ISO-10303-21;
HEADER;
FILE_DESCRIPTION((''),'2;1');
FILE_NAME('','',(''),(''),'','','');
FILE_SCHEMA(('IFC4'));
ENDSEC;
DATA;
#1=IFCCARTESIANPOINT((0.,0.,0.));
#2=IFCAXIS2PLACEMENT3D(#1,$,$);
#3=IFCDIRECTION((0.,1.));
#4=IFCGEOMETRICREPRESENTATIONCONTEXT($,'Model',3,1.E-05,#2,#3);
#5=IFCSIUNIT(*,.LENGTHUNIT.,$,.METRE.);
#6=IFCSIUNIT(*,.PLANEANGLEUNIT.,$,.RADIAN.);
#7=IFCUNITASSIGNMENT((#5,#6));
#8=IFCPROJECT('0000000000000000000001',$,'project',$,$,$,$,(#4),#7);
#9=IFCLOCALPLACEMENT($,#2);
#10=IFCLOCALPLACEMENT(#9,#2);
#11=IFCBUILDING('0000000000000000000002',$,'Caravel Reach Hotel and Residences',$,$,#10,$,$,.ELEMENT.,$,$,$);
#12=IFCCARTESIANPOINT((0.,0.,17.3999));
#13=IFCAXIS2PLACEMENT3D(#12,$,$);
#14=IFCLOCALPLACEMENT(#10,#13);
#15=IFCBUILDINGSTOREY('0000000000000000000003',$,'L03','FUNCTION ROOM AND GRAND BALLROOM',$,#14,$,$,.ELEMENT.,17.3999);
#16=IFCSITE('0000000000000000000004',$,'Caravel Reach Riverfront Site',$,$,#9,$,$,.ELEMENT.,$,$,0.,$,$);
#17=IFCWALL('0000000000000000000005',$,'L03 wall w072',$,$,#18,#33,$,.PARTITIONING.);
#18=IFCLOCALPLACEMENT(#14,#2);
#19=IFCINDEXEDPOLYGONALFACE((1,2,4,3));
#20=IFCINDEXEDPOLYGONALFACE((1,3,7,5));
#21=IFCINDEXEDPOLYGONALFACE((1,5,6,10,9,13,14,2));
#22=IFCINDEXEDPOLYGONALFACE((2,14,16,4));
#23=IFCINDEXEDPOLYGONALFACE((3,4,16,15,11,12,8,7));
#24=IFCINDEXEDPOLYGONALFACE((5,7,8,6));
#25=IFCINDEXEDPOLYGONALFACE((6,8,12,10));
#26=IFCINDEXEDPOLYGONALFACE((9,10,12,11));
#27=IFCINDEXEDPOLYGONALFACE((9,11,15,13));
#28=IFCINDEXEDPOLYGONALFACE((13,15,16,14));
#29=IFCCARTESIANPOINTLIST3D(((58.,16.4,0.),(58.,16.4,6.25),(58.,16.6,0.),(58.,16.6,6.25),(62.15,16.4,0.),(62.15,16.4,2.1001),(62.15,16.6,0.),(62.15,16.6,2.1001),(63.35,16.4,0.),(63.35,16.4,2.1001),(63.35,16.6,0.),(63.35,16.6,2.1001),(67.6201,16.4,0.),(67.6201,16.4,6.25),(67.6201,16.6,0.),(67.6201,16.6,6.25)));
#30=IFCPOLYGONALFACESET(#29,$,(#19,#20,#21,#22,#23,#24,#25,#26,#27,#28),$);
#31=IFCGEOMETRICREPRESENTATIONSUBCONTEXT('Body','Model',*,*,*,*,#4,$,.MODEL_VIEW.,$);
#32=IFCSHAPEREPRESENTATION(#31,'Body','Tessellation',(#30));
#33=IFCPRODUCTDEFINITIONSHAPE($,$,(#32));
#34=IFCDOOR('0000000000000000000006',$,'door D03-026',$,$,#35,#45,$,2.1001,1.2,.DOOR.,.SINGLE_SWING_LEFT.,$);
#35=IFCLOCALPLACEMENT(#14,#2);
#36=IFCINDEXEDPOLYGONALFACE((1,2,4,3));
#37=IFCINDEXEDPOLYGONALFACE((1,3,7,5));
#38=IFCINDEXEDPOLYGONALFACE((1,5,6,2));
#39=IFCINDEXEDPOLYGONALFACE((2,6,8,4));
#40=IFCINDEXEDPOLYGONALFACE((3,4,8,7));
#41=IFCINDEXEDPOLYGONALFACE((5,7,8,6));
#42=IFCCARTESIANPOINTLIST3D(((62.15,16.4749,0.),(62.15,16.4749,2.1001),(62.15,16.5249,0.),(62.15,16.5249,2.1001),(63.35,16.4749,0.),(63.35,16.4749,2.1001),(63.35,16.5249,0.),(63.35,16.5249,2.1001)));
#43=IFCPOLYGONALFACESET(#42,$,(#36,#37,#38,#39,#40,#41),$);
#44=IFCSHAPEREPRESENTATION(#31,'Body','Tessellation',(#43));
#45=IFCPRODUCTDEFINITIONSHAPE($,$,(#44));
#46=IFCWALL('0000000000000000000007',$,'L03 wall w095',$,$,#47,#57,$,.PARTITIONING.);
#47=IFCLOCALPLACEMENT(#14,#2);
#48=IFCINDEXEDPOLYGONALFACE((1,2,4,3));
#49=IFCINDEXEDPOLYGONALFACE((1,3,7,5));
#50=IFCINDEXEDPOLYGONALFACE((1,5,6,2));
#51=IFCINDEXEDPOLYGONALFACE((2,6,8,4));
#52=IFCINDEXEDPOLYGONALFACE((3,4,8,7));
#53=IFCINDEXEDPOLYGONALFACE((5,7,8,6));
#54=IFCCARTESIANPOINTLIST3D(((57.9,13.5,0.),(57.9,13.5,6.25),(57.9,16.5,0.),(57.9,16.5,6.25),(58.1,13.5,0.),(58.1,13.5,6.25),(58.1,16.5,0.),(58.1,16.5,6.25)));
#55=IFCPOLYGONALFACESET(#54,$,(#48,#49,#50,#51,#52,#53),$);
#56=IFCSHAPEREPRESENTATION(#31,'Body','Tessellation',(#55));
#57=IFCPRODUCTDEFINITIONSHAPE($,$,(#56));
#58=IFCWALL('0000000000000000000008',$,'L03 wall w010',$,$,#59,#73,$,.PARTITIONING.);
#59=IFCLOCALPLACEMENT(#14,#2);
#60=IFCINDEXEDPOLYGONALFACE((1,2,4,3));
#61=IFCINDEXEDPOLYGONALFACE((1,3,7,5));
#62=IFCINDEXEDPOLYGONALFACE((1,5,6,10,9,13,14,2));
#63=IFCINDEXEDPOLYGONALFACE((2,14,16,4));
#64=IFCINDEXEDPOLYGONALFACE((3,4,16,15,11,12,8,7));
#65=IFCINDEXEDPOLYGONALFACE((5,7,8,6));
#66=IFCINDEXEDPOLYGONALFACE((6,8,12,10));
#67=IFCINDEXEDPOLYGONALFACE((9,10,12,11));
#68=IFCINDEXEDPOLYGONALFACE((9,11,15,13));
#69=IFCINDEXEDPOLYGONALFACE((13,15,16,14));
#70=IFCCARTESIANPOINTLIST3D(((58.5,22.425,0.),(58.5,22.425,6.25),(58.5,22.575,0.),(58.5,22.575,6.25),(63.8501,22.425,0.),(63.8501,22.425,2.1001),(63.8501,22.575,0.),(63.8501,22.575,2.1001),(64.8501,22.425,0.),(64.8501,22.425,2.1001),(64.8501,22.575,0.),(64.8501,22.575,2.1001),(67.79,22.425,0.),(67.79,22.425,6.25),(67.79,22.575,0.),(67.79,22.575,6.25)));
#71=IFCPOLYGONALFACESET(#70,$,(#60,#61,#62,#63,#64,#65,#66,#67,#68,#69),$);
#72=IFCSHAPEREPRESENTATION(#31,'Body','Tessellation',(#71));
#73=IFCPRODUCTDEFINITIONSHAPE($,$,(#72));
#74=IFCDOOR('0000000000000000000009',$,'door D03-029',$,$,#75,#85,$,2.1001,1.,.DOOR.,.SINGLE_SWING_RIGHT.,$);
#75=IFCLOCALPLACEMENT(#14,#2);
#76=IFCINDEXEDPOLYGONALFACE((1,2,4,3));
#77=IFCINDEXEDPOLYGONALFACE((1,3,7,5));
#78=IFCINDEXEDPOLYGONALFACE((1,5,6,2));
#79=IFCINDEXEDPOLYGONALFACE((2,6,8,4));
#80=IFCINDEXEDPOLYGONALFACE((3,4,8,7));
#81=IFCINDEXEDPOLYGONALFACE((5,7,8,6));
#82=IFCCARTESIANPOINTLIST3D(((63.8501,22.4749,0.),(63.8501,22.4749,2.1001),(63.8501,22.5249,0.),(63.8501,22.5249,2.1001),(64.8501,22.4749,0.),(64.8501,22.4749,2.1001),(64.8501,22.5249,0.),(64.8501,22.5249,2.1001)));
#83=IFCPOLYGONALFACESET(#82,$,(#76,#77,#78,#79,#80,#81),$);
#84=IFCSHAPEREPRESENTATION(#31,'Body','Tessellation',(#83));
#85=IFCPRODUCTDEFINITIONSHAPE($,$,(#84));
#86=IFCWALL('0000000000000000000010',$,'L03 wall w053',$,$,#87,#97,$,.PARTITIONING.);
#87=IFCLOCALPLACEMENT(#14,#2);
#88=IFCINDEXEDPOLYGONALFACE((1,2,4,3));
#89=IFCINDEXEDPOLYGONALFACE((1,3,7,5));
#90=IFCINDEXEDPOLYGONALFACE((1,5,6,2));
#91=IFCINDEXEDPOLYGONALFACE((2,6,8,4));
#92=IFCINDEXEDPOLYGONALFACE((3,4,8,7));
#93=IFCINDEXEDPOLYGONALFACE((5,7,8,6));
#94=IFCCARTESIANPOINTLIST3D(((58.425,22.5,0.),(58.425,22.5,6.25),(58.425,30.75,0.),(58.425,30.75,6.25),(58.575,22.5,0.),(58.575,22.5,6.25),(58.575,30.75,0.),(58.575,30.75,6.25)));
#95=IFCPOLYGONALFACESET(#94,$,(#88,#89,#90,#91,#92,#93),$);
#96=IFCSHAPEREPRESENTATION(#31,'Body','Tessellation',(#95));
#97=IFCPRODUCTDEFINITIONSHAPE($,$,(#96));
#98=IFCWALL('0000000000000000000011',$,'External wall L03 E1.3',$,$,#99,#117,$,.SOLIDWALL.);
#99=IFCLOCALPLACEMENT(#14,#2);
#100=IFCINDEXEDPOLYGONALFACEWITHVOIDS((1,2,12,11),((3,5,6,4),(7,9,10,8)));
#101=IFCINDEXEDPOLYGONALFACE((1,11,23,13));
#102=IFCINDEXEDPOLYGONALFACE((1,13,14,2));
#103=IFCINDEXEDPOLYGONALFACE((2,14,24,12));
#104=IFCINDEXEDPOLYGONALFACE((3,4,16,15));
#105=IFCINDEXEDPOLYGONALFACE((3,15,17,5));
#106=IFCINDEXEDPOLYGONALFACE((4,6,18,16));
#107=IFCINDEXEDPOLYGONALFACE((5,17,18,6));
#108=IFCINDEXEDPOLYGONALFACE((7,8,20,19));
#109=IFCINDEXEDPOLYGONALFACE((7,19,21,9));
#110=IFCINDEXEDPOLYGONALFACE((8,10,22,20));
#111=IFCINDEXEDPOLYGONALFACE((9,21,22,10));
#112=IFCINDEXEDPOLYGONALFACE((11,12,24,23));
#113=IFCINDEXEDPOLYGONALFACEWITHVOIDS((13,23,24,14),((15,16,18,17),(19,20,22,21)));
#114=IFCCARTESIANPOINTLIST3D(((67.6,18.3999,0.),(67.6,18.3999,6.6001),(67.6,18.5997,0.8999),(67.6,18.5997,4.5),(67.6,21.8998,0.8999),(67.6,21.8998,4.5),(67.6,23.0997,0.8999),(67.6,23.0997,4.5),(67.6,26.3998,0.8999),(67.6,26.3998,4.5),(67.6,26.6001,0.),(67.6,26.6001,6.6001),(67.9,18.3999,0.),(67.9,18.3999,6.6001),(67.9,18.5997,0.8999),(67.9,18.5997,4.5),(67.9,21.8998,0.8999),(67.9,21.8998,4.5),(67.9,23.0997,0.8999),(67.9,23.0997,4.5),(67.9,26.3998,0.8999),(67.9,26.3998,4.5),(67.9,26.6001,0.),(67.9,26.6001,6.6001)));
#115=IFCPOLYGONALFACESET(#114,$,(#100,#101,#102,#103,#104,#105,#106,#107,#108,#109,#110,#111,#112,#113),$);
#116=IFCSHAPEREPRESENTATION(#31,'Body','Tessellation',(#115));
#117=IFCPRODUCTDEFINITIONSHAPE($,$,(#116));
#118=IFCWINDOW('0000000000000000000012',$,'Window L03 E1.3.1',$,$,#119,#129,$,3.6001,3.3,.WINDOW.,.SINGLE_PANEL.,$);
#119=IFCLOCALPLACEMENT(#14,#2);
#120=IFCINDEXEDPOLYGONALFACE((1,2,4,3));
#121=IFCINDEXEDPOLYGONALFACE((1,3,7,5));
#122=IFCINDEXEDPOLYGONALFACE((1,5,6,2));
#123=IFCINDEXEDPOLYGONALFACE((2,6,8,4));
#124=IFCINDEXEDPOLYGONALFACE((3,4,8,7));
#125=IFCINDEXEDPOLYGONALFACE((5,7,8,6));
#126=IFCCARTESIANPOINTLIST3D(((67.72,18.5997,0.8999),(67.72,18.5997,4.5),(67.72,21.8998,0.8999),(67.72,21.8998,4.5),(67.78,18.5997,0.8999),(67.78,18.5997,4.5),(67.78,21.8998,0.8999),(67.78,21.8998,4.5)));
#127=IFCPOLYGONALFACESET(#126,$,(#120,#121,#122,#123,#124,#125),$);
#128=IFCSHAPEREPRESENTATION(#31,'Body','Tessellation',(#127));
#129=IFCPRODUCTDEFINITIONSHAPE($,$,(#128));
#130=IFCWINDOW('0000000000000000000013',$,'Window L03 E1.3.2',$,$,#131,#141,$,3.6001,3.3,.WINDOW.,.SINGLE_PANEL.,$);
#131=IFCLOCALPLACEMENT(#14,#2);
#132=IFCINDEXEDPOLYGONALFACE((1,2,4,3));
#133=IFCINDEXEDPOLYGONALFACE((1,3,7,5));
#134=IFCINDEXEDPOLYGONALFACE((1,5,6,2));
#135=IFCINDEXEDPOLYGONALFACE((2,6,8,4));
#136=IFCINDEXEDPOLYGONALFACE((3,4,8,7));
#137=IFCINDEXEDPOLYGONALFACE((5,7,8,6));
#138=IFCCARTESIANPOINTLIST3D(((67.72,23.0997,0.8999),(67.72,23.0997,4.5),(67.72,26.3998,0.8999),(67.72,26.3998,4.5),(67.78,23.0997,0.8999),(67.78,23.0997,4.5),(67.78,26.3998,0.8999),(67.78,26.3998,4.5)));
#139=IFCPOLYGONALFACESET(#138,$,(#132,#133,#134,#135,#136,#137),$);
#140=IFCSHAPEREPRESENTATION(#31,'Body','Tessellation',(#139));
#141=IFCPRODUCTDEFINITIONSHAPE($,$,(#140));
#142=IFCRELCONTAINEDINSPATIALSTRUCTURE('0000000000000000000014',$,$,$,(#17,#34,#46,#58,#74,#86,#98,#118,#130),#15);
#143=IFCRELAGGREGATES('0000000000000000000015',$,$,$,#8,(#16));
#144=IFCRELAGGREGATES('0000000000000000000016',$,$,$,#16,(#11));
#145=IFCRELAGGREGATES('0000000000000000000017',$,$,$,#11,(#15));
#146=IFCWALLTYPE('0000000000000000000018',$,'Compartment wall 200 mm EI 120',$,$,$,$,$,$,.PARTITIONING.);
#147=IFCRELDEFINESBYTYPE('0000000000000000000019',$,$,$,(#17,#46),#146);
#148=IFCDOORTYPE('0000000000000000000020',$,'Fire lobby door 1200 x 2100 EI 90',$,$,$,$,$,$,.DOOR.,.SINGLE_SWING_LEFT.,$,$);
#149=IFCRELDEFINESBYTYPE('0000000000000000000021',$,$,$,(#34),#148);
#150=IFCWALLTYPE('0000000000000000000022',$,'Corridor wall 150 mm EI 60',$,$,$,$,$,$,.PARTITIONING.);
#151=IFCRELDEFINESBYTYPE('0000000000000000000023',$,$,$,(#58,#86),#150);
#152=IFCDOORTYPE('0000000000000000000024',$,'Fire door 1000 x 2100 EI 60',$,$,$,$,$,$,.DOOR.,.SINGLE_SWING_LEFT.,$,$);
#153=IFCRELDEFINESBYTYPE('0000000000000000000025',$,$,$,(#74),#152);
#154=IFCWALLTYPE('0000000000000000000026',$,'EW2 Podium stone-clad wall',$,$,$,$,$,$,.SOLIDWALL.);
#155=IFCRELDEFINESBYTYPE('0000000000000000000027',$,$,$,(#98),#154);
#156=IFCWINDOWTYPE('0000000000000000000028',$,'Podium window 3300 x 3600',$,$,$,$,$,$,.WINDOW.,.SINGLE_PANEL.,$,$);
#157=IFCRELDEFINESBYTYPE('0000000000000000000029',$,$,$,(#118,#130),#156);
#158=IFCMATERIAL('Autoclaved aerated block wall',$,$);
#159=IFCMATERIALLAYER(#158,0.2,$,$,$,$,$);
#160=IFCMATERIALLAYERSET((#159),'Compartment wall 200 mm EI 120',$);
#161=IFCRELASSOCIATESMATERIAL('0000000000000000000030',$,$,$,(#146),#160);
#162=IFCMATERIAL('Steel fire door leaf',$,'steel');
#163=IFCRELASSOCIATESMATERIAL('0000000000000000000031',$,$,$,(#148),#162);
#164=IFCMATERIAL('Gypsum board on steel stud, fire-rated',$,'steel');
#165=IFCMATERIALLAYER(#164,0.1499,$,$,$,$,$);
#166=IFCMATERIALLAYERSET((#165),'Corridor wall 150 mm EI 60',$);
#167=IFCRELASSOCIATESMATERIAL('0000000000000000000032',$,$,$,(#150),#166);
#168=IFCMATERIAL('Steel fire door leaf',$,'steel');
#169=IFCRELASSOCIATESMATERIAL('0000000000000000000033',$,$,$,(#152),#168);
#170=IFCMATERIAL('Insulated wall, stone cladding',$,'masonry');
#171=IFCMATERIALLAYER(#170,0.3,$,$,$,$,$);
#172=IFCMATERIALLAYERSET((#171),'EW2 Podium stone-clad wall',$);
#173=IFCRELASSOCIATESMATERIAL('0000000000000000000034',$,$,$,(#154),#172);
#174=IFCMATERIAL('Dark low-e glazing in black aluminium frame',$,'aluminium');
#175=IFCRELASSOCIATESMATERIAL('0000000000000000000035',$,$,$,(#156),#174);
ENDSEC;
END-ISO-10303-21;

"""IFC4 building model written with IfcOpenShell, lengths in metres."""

from ifc_helpers import new_model, si_unit, direction, frame, frame_2d, origin, place, context, subcontext, project, spatial, rectangle, extrude, material, layer, layer_set, type_object, element, fill, save


model = new_model("IFC4")

# Units and contexts
model_context = context("Model", 3, precision=1e-05, world=origin(), true_north=direction((0.0, 1.0)))
body_context = subcontext(model_context, "Body", "Model", "MODEL_VIEW")
ifc_project = project(units=[si_unit("LENGTHUNIT", "METRE"), si_unit("PLANEANGLEUNIT", "RADIAN")], contexts=[model_context])

# Site, building, storey
site_placement = place(None, origin())
site = spatial("IfcSite", under=ifc_project, at=site_placement, Name="Caravel Reach Riverfront Site", CompositionType="ELEMENT", RefElevation=0.0)
building_placement = place(site_placement, origin())
building = spatial("IfcBuilding", under=site, at=building_placement, Name="Caravel Reach Hotel and Residences", CompositionType="ELEMENT")
storey_placement = place(building_placement, frame((0.0, 0.0, 17.3999)))
storey = spatial("IfcBuildingStorey", under=building, at=storey_placement, Name="L03", Description="FUNCTION ROOM AND GRAND BALLROOM", CompositionType="ELEMENT", Elevation=17.3999)

# Shared definitions
ifc_material_1 = material(Name="Autoclaved aerated block wall")
ifc_layer_1 = layer(ifc_material_1, 0.2)
ifc_layer_set_1 = layer_set([ifc_layer_1], Name="Compartment wall 200 mm EI 120")
wall_type_1 = type_object("IfcWallType", Name="Compartment wall 200 mm EI 120", PredefinedType="PARTITIONING", material=ifc_layer_set_1)

# Wall, opening, door
wall_1_placement = place(storey_placement, frame((58.0, 16.5, 0.0), z_axis=(0.0, 0.0, 1.0), x_axis=(1.0, 0.0, 0.0)))
wall_1 = element("IfcWall", 1, at=wall_1_placement, inside=storey, type_object=wall_type_1, Name="L03 wall w072", PredefinedType="PARTITIONING", context=body_context, shape_type="SweptSolid", body=[
    extrude(rectangle(XDim=9.6201, YDim=0.2, at=frame_2d((4.8101, 0.0))), origin(), (0.0, 0.0, 1.0), 6.25),
])
opening_1_placement = place(wall_1_placement, frame((4.1499, 0.0, 0.0)))
opening_1 = element("IfcOpeningElement", 2, at=opening_1_placement, cuts=wall_1, PredefinedType="OPENING", context=body_context, shape_type="SweptSolid", body=[
    extrude(rectangle(XDim=1.2, YDim=2.1001, at=frame_2d((0.6001, 1.05))), frame((0.0, 0.1099, 0.0), z_axis=(0.0, -1.0, 0.0), x_axis=(1.0, 0.0, 0.0)), (0.0, 0.0, 1.0), 0.22),
])
ifc_material_2 = material(Name="Steel fire door leaf", Category="steel")
door_type_1 = type_object("IfcDoorType", Name="Fire lobby door 1200 x 2100 EI 90", OperationType="SINGLE_SWING_LEFT", PredefinedType="DOOR", material=ifc_material_2)
door_1_placement = place(opening_1_placement, origin())
door_1 = element("IfcDoor", 3, at=door_1_placement, inside=storey, type_object=door_type_1, Name="door D03-026", OperationType="SINGLE_SWING_LEFT", OverallHeight=2.1001, OverallWidth=1.2, PredefinedType="DOOR", context=body_context, shape_type="SweptSolid", body=[
    extrude(rectangle(XDim=1.2, YDim=2.1001, at=frame_2d((0.6001, 1.05))), frame((0.0, 0.0249, 0.0), z_axis=(0.0, -1.0, 0.0), x_axis=(1.0, 0.0, 0.0)), (0.0, 0.0, 1.0), 0.05),
])
fill(opening_1, door_1)

# Wall
wall_2_placement = place(storey_placement, frame((58.0, 13.5, 0.0), z_axis=(0.0, 0.0, 1.0), x_axis=(0.0, 1.0, 0.0)))
element("IfcWall", 4, at=wall_2_placement, inside=storey, type_object=wall_type_1, Name="L03 wall w095", PredefinedType="PARTITIONING", context=body_context, shape_type="SweptSolid", body=[
    extrude(rectangle(XDim=3.0, YDim=0.2, at=frame_2d((1.5, 0.0))), origin(), (0.0, 0.0, 1.0), 6.25),
])

# Wall, opening, door
ifc_material_3 = material(Name="Gypsum board on steel stud, fire-rated", Category="steel")
ifc_layer_2 = layer(ifc_material_3, 0.1499)
ifc_layer_set_2 = layer_set([ifc_layer_2], Name="Corridor wall 150 mm EI 60")
wall_type_2 = type_object("IfcWallType", Name="Corridor wall 150 mm EI 60", PredefinedType="PARTITIONING", material=ifc_layer_set_2)
wall_3_placement = place(storey_placement, frame((58.5, 22.5, 0.0), z_axis=(0.0, 0.0, 1.0), x_axis=(1.0, 0.0, 0.0)))
wall_3 = element("IfcWall", 5, at=wall_3_placement, inside=storey, type_object=wall_type_2, Name="L03 wall w010", PredefinedType="PARTITIONING", context=body_context, shape_type="SweptSolid", body=[
    extrude(rectangle(XDim=9.29, YDim=0.1499, at=frame_2d((4.645, 0.0))), origin(), (0.0, 0.0, 1.0), 6.25),
])
opening_2_placement = place(wall_3_placement, frame((5.3501, 0.0, 0.0)))
opening_2 = element("IfcOpeningElement", 6, at=opening_2_placement, cuts=wall_3, PredefinedType="OPENING", context=body_context, shape_type="SweptSolid", body=[
    extrude(rectangle(XDim=1.0, YDim=2.1001, at=frame_2d((0.5, 1.05))), frame((0.0, 0.085, 0.0), z_axis=(0.0, -1.0, 0.0), x_axis=(1.0, 0.0, 0.0)), (0.0, 0.0, 1.0), 0.1699),
])
ifc_material_4 = material(Name="Steel fire door leaf", Category="steel")
door_type_2 = type_object("IfcDoorType", Name="Fire door 1000 x 2100 EI 60", OperationType="SINGLE_SWING_LEFT", PredefinedType="DOOR", material=ifc_material_4)
door_2_placement = place(opening_2_placement, origin())
door_2 = element("IfcDoor", 7, at=door_2_placement, inside=storey, type_object=door_type_2, Name="door D03-029", OperationType="SINGLE_SWING_RIGHT", OverallHeight=2.1001, OverallWidth=1.0, PredefinedType="DOOR", context=body_context, shape_type="SweptSolid", body=[
    extrude(rectangle(XDim=1.0, YDim=2.1001, at=frame_2d((0.5, 1.05))), frame((0.0, 0.0249, 0.0), z_axis=(0.0, -1.0, 0.0), x_axis=(1.0, 0.0, 0.0)), (0.0, 0.0, 1.0), 0.05),
])
fill(opening_2, door_2)

# Wall
wall_4_placement = place(storey_placement, frame((58.5, 22.5, 0.0), z_axis=(0.0, 0.0, 1.0), x_axis=(0.0, 1.0, 0.0)))
element("IfcWall", 8, at=wall_4_placement, inside=storey, type_object=wall_type_2, Name="L03 wall w053", PredefinedType="PARTITIONING", context=body_context, shape_type="SweptSolid", body=[
    extrude(rectangle(XDim=8.25, YDim=0.1499, at=frame_2d((4.125, 0.0))), origin(), (0.0, 0.0, 1.0), 6.25),
])

# Wall, openings, windows
ifc_material_5 = material(Name="Insulated wall, stone cladding", Category="masonry")
ifc_layer_3 = layer(ifc_material_5, 0.3)
ifc_layer_set_3 = layer_set([ifc_layer_3], Name="EW2 Podium stone-clad wall")
wall_type_3 = type_object("IfcWallType", Name="EW2 Podium stone-clad wall", PredefinedType="SOLIDWALL", material=ifc_layer_set_3)
wall_5_placement = place(storey_placement, frame((67.75, 18.3999, 0.0), z_axis=(0.0, 0.0, 1.0), x_axis=(0.0, 1.0, 0.0)))
wall_5 = element("IfcWall", 9, at=wall_5_placement, inside=storey, type_object=wall_type_3, Name="External wall L03 E1.3", PredefinedType="SOLIDWALL", context=body_context, shape_type="SweptSolid", body=[
    extrude(rectangle(XDim=8.2002, YDim=0.3, at=frame_2d((4.1001, 0.0))), origin(), (0.0, 0.0, 1.0), 6.6001),
])
opening_3_placement = place(wall_5_placement, frame((0.2, 0.0, 0.8999)))
opening_3 = element("IfcOpeningElement", 10, at=opening_3_placement, cuts=wall_5, PredefinedType="OPENING", context=body_context, shape_type="SweptSolid", body=[
    extrude(rectangle(XDim=3.3, YDim=3.6001, at=frame_2d((1.6499, 1.8))), frame((0.0, 0.1599, 0.0), z_axis=(0.0, -1.0, 0.0), x_axis=(1.0, 0.0, 0.0)), (0.0, 0.0, 1.0), 0.3201),
])
opening_4_placement = place(wall_5_placement, frame((4.7, 0.0, 0.8999)))
opening_4 = element("IfcOpeningElement", 11, at=opening_4_placement, cuts=wall_5, PredefinedType="OPENING", context=body_context, shape_type="SweptSolid", body=[
    extrude(rectangle(XDim=3.3, YDim=3.6001, at=frame_2d((1.6499, 1.8))), frame((0.0, 0.1599, 0.0), z_axis=(0.0, -1.0, 0.0), x_axis=(1.0, 0.0, 0.0)), (0.0, 0.0, 1.0), 0.3201),
])
ifc_material_6 = material(Name="Dark low-e glazing in black aluminium frame", Category="aluminium")
window_type = type_object("IfcWindowType", Name="Podium window 3300 x 3600", PartitioningType="SINGLE_PANEL", PredefinedType="WINDOW", material=ifc_material_6)
window_1_placement = place(opening_3_placement, origin())
window_1 = element("IfcWindow", 12, at=window_1_placement, inside=storey, type_object=window_type, Name="Window L03 E1.3.1", OverallHeight=3.6001, OverallWidth=3.3, PartitioningType="SINGLE_PANEL", PredefinedType="WINDOW", context=body_context, shape_type="SweptSolid", body=[
    extrude(rectangle(XDim=3.3, YDim=3.6001, at=frame_2d((1.6499, 1.8))), frame((0.0, 0.03, 0.0), z_axis=(0.0, -1.0, 0.0), x_axis=(1.0, 0.0, 0.0)), (0.0, 0.0, 1.0), 0.0601),
])
fill(opening_3, window_1)
window_2_placement = place(opening_4_placement, origin())
window_2 = element("IfcWindow", 13, at=window_2_placement, inside=storey, type_object=window_type, Name="Window L03 E1.3.2", OverallHeight=3.6001, OverallWidth=3.3, PartitioningType="SINGLE_PANEL", PredefinedType="WINDOW", context=body_context, shape_type="SweptSolid", body=[
    extrude(rectangle(XDim=3.3, YDim=3.6001, at=frame_2d((1.6499, 1.8))), frame((0.0, 0.03, 0.0), z_axis=(0.0, -1.0, 0.0), x_axis=(1.0, 0.0, 0.0)), (0.0, 0.0, 1.0), 0.0601),
])
fill(opening_4, window_2)

save(model, "model.ifc")
